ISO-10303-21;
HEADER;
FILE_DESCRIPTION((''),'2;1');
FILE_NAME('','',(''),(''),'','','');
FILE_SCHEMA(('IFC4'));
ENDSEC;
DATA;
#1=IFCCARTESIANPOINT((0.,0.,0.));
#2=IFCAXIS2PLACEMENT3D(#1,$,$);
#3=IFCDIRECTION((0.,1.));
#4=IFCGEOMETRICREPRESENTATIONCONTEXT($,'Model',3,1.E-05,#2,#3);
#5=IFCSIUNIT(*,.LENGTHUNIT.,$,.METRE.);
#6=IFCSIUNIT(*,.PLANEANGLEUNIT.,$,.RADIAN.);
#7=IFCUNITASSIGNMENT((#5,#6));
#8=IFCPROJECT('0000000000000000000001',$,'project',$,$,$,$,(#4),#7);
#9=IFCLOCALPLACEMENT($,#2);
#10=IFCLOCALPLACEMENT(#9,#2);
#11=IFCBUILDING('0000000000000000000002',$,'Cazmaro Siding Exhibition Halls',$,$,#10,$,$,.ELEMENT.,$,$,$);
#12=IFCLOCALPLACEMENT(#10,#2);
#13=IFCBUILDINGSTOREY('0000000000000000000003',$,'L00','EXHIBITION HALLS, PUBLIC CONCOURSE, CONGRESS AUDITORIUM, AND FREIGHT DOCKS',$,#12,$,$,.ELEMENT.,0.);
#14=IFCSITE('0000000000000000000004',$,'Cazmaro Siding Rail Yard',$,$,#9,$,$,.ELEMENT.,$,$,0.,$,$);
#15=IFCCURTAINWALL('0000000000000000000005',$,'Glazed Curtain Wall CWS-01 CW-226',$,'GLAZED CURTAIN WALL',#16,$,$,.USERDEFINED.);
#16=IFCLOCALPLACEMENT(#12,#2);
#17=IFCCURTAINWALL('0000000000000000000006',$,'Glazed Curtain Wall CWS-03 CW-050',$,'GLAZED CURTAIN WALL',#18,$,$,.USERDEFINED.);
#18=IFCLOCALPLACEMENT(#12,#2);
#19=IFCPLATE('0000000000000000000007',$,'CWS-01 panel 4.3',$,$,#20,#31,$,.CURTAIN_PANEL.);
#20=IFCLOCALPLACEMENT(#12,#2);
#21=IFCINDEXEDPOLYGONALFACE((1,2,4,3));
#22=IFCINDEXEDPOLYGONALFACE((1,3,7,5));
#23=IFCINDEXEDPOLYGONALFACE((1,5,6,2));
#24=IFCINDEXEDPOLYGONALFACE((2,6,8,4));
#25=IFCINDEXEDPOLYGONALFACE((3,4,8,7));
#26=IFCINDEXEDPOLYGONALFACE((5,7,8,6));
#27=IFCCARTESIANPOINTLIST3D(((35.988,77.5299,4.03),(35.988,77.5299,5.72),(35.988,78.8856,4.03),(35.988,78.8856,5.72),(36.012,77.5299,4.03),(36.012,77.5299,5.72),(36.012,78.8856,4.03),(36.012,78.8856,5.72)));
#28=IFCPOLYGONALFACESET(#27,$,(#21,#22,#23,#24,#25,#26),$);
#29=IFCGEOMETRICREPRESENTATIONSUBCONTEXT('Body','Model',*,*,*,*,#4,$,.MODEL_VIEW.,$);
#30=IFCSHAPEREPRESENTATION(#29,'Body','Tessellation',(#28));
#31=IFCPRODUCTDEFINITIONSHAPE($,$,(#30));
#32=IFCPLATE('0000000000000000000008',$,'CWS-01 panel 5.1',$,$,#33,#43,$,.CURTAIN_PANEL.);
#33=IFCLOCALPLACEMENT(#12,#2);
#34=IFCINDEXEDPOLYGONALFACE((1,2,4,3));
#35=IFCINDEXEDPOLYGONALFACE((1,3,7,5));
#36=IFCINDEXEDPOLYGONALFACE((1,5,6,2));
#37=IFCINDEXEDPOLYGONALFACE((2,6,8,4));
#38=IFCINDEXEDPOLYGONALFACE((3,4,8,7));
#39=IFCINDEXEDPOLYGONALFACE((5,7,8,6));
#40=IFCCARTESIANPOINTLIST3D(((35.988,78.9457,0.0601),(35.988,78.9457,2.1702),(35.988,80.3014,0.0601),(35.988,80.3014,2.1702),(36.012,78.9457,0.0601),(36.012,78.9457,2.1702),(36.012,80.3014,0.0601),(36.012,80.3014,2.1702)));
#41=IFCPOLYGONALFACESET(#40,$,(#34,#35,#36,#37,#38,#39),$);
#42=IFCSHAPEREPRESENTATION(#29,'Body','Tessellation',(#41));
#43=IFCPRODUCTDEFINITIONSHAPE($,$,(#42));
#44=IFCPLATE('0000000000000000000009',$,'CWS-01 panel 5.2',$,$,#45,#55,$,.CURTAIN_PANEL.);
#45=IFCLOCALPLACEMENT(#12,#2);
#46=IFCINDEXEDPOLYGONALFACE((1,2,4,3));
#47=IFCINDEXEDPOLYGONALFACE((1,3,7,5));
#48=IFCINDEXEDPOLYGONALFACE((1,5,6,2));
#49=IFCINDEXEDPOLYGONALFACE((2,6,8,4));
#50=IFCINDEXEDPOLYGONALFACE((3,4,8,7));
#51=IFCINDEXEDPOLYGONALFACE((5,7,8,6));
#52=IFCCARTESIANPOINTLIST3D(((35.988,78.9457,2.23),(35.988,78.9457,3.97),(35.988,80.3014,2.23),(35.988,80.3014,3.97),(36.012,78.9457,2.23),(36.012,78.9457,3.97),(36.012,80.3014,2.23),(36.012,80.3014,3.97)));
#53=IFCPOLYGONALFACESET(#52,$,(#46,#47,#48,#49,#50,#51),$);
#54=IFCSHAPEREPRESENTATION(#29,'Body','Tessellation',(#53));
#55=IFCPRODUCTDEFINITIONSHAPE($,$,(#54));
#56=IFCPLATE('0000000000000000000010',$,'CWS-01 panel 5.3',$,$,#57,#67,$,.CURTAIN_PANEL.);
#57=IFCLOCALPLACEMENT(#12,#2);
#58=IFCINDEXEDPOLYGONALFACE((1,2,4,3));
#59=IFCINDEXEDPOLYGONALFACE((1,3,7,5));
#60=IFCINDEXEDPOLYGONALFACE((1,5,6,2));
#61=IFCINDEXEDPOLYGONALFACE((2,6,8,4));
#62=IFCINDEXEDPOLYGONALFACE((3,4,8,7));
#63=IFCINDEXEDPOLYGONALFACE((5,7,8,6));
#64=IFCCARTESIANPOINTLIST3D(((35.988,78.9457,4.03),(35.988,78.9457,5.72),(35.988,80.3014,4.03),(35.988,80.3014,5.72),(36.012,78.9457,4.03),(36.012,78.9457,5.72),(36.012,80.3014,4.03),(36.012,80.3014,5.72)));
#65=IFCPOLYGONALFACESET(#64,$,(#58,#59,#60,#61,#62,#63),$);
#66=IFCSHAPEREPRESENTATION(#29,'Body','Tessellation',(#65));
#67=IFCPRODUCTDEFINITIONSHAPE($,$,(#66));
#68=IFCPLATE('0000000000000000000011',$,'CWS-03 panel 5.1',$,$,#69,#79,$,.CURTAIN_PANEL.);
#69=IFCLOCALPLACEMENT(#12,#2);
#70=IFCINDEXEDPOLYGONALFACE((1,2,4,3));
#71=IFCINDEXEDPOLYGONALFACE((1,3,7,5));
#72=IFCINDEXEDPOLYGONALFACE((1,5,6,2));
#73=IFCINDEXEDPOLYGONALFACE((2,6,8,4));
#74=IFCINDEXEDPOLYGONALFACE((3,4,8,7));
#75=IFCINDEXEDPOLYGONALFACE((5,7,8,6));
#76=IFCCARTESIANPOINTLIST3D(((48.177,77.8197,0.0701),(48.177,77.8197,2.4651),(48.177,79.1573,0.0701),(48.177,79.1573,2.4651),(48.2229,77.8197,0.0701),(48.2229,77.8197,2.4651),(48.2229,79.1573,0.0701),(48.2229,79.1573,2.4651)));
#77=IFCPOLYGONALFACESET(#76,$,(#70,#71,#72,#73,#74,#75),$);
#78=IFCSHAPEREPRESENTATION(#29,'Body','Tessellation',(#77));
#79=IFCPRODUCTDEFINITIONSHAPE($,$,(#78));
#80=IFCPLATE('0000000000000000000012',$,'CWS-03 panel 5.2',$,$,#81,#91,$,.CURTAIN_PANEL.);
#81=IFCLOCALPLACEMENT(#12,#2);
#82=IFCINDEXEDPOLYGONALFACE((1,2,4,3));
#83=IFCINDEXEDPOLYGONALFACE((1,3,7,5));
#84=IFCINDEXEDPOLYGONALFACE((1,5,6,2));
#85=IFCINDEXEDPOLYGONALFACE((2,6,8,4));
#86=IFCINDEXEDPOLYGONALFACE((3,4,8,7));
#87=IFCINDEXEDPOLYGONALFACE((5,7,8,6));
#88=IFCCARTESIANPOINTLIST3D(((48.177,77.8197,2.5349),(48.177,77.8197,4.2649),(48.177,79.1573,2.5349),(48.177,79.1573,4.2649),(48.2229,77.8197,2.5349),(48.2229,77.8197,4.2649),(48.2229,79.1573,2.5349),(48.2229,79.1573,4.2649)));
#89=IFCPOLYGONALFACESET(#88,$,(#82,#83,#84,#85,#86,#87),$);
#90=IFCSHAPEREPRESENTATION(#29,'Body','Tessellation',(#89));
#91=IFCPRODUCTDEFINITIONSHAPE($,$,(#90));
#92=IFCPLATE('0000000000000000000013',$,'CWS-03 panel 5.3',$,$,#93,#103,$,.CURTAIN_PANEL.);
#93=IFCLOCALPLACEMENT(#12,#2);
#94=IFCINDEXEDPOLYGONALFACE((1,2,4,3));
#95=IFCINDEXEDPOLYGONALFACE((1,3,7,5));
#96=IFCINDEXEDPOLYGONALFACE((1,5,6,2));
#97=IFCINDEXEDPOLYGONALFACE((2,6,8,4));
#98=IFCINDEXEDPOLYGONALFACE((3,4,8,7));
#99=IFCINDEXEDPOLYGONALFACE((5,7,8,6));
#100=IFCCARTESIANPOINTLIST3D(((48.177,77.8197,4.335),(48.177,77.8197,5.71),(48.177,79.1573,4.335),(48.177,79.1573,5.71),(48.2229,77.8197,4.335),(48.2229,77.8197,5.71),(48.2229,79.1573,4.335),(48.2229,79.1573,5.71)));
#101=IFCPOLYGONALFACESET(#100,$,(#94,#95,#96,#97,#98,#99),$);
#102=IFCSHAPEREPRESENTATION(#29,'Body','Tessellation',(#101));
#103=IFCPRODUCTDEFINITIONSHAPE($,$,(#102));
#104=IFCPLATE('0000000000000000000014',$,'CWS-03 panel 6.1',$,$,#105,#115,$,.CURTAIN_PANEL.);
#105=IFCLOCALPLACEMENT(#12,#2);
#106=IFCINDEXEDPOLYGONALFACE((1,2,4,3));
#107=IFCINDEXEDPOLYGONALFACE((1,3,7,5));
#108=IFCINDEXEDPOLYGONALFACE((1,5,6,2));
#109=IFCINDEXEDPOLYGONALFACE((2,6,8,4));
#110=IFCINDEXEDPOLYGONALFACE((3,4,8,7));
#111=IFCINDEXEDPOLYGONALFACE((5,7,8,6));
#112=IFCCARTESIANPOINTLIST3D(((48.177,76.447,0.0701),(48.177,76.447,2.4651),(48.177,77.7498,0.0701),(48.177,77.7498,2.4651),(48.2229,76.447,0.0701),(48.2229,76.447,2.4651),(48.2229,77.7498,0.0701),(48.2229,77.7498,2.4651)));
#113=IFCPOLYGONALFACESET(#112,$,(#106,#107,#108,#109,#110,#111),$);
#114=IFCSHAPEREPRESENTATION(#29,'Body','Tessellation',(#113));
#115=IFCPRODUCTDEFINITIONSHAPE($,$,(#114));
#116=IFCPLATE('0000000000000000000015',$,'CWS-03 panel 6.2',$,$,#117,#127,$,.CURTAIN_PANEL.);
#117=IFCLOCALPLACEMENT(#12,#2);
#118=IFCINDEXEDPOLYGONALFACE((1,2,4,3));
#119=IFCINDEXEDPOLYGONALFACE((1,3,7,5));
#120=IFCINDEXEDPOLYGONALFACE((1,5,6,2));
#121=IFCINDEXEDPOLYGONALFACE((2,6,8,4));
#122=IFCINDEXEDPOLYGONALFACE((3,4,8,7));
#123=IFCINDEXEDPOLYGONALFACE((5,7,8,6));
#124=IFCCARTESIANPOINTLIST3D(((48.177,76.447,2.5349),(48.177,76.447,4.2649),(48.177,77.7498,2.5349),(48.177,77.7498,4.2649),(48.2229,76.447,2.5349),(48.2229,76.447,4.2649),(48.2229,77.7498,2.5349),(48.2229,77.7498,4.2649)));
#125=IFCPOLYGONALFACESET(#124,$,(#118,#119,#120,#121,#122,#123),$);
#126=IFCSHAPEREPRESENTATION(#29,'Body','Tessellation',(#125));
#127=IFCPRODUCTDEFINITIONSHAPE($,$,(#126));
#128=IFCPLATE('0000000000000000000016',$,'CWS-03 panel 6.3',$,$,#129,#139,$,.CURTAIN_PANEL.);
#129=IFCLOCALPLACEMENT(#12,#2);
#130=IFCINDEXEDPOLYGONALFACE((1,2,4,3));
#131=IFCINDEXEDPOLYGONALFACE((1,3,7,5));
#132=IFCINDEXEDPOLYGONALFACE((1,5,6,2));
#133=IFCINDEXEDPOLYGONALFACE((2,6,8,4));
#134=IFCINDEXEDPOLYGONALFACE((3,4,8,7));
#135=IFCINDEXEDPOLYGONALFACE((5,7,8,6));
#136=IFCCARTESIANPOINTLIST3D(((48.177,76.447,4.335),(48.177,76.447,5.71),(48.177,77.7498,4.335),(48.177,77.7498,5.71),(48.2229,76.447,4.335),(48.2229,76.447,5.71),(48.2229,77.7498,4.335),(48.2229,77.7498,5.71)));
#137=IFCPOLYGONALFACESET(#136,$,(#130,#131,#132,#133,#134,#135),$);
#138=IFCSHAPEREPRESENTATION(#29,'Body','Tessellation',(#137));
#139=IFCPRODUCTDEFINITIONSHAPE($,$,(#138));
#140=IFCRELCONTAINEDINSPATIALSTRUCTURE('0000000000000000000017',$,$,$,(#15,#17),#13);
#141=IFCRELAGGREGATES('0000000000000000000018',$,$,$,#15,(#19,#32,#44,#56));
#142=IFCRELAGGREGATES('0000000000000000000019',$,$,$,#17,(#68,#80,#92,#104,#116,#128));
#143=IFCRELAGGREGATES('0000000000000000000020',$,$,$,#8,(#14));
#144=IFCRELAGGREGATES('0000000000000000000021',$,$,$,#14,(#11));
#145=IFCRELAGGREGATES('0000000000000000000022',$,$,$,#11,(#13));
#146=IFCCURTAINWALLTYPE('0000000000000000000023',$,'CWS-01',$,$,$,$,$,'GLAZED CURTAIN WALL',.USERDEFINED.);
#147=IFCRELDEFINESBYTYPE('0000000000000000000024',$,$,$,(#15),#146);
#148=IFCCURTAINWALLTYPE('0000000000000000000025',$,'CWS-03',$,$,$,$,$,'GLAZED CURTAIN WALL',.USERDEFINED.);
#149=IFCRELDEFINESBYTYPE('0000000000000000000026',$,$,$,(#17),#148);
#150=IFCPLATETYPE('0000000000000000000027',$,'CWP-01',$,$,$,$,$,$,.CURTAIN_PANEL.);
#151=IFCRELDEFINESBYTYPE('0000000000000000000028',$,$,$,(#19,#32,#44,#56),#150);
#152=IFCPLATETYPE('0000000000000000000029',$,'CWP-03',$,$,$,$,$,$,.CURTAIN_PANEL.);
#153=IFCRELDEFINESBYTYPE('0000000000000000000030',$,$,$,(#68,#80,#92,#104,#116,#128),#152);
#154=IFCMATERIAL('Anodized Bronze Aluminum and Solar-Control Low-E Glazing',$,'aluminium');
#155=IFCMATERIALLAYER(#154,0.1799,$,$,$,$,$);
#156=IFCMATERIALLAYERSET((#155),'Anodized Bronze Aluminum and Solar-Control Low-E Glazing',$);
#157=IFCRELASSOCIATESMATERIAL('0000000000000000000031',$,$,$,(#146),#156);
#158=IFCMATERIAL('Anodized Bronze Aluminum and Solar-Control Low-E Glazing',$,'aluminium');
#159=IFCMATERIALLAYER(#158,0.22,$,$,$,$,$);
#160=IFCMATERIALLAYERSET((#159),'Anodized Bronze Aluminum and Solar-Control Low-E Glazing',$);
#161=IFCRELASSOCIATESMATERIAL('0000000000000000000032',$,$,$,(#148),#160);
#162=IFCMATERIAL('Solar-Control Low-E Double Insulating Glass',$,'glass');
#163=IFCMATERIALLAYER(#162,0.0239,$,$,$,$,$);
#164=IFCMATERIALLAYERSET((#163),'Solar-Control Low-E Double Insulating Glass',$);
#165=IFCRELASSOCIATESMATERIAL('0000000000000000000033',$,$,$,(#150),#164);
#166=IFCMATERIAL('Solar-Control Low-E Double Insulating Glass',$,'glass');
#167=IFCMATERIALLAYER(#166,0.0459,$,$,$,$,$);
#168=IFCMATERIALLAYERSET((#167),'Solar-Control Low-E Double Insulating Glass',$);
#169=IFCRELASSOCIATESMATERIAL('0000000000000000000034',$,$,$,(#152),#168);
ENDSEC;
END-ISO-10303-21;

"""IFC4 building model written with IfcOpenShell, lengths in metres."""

from ifc_helpers import new_model, si_unit, direction, frame, origin, origin_2d, place, context, subcontext, project, spatial, rectangle, extrude, material, layer, layer_set, type_object, element, aggregate, save


model = new_model("IFC4")

# Units and contexts
model_context = context("Model", 3, precision=1e-05, world=origin(), true_north=direction((0.0, 1.0)))
body_context = subcontext(model_context, "Body", "Model", "MODEL_VIEW")
ifc_project = project(units=[si_unit("LENGTHUNIT", "METRE"), si_unit("PLANEANGLEUNIT", "RADIAN")], contexts=[model_context])

# Site, building, storey
site_placement = place(None, origin())
site = spatial("IfcSite", under=ifc_project, at=site_placement, Name="Cazmaro Siding Rail Yard", CompositionType="ELEMENT", RefElevation=0.0)
building_placement = place(site_placement, origin())
building = spatial("IfcBuilding", under=site, at=building_placement, Name="Cazmaro Siding Exhibition Halls", CompositionType="ELEMENT")
storey_placement = place(building_placement, origin())
storey = spatial("IfcBuildingStorey", under=building, at=storey_placement, Name="L00", Description="EXHIBITION HALLS, PUBLIC CONCOURSE, CONGRESS AUDITORIUM, AND FREIGHT DOCKS", CompositionType="ELEMENT", Elevation=0.0)

# Curtain walls
ifc_material_1 = material(Name="Anodized Bronze Aluminum and Solar-Control Low-E Glazing", Category="aluminium")
ifc_layer_1 = layer(ifc_material_1, 0.1799)
ifc_layer_set_1 = layer_set([ifc_layer_1], Name="Anodized Bronze Aluminum and Solar-Control Low-E Glazing")
curtain_wall_type_1 = type_object("IfcCurtainWallType", Name="CWS-01", ElementType="GLAZED CURTAIN WALL", PredefinedType="USERDEFINED", material=ifc_layer_set_1)
curtain_wall_1_placement = place(storey_placement, origin())
curtain_wall_1 = element("IfcCurtainWall", 1, at=curtain_wall_1_placement, inside=storey, type_object=curtain_wall_type_1, Name="Glazed Curtain Wall CWS-01 CW-226", ObjectType="GLAZED CURTAIN WALL", PredefinedType="USERDEFINED")
ifc_material_2 = material(Name="Anodized Bronze Aluminum and Solar-Control Low-E Glazing", Category="aluminium")
ifc_layer_2 = layer(ifc_material_2, 0.22)
ifc_layer_set_2 = layer_set([ifc_layer_2], Name="Anodized Bronze Aluminum and Solar-Control Low-E Glazing")
curtain_wall_type_2 = type_object("IfcCurtainWallType", Name="CWS-03", ElementType="GLAZED CURTAIN WALL", PredefinedType="USERDEFINED", material=ifc_layer_set_2)
curtain_wall_2_placement = place(storey_placement, origin())
curtain_wall_2 = element("IfcCurtainWall", 2, at=curtain_wall_2_placement, inside=storey, type_object=curtain_wall_type_2, Name="Glazed Curtain Wall CWS-03 CW-050", ObjectType="GLAZED CURTAIN WALL", PredefinedType="USERDEFINED")

# Plates
ifc_material_3 = material(Name="Solar-Control Low-E Double Insulating Glass", Category="glass")
ifc_layer_3 = layer(ifc_material_3, 0.0239)
ifc_layer_set_3 = layer_set([ifc_layer_3], Name="Solar-Control Low-E Double Insulating Glass")
plate_type_1 = type_object("IfcPlateType", Name="CWP-01", PredefinedType="CURTAIN_PANEL", material=ifc_layer_set_3)
plate_1_placement = place(storey_placement, frame((36.0, 78.2078, 4.03), z_axis=(0.0, 0.0, 1.0), x_axis=(0.0, 1.0, 0.0)))
plate_1 = element("IfcPlate", 3, at=plate_1_placement, type_object=plate_type_1, Name="CWS-01 panel 4.3", PredefinedType="CURTAIN_PANEL", context=body_context, shape_type="SweptSolid", body=[
    extrude(rectangle(XDim=1.3557, YDim=0.0239, at=origin_2d()), origin(), (0.0, 0.0, 1.0), 1.6899),
])
plate_2_placement = place(storey_placement, frame((36.0, 79.6235, 0.0601), z_axis=(0.0, 0.0, 1.0), x_axis=(0.0, 1.0, 0.0)))
plate_2 = element("IfcPlate", 4, at=plate_2_placement, type_object=plate_type_1, Name="CWS-01 panel 5.1", PredefinedType="CURTAIN_PANEL", context=body_context, shape_type="SweptSolid", body=[
    extrude(rectangle(XDim=1.3557, YDim=0.0239, at=origin_2d()), origin(), (0.0, 0.0, 1.0), 2.1101),
])
plate_3_placement = place(storey_placement, frame((36.0, 79.6235, 2.23), z_axis=(0.0, 0.0, 1.0), x_axis=(0.0, 1.0, 0.0)))
plate_3 = element("IfcPlate", 5, at=plate_3_placement, type_object=plate_type_1, Name="CWS-01 panel 5.2", PredefinedType="CURTAIN_PANEL", context=body_context, shape_type="SweptSolid", body=[
    extrude(rectangle(XDim=1.3557, YDim=0.0239, at=origin_2d()), origin(), (0.0, 0.0, 1.0), 1.74),
])
plate_4_placement = place(storey_placement, frame((36.0, 79.6235, 4.03), z_axis=(0.0, 0.0, 1.0), x_axis=(0.0, 1.0, 0.0)))
plate_4 = element("IfcPlate", 6, at=plate_4_placement, type_object=plate_type_1, Name="CWS-01 panel 5.3", PredefinedType="CURTAIN_PANEL", context=body_context, shape_type="SweptSolid", body=[
    extrude(rectangle(XDim=1.3557, YDim=0.0239, at=origin_2d()), origin(), (0.0, 0.0, 1.0), 1.6899),
])
aggregate(curtain_wall_1, [plate_1, plate_2, plate_3, plate_4])
ifc_material_4 = material(Name="Solar-Control Low-E Double Insulating Glass", Category="glass")
ifc_layer_4 = layer(ifc_material_4, 0.0459)
ifc_layer_set_4 = layer_set([ifc_layer_4], Name="Solar-Control Low-E Double Insulating Glass")
plate_type_2 = type_object("IfcPlateType", Name="CWP-03", PredefinedType="CURTAIN_PANEL", material=ifc_layer_set_4)
plate_5_placement = place(storey_placement, frame((48.2, 78.4885, 0.0701), z_axis=(0.0, 0.0, 1.0), x_axis=(0.0, -1.0, 0.0)))
plate_5 = element("IfcPlate", 7, at=plate_5_placement, type_object=plate_type_2, Name="CWS-03 panel 5.1", PredefinedType="CURTAIN_PANEL", context=body_context, shape_type="SweptSolid", body=[
    extrude(rectangle(XDim=1.3376, YDim=0.0459, at=origin_2d()), origin(), (0.0, 0.0, 1.0), 2.395),
])
plate_6_placement = place(storey_placement, frame((48.2, 78.4885, 2.5349), z_axis=(0.0, 0.0, 1.0), x_axis=(0.0, -1.0, 0.0)))
plate_6 = element("IfcPlate", 8, at=plate_6_placement, type_object=plate_type_2, Name="CWS-03 panel 5.2", PredefinedType="CURTAIN_PANEL", context=body_context, shape_type="SweptSolid", body=[
    extrude(rectangle(XDim=1.3376, YDim=0.0459, at=origin_2d()), origin(), (0.0, 0.0, 1.0), 1.73),
])
plate_7_placement = place(storey_placement, frame((48.2, 78.4885, 4.335), z_axis=(0.0, 0.0, 1.0), x_axis=(0.0, -1.0, 0.0)))
plate_7 = element("IfcPlate", 9, at=plate_7_placement, type_object=plate_type_2, Name="CWS-03 panel 5.3", PredefinedType="CURTAIN_PANEL", context=body_context, shape_type="SweptSolid", body=[
    extrude(rectangle(XDim=1.3376, YDim=0.0459, at=origin_2d()), origin(), (0.0, 0.0, 1.0), 1.375),
])
plate_8_placement = place(storey_placement, frame((48.2, 77.0984, 0.0701), z_axis=(0.0, 0.0, 1.0), x_axis=(0.0, -1.0, 0.0)))
plate_8 = element("IfcPlate", 10, at=plate_8_placement, type_object=plate_type_2, Name="CWS-03 panel 6.1", PredefinedType="CURTAIN_PANEL", context=body_context, shape_type="SweptSolid", body=[
    extrude(rectangle(XDim=1.3027, YDim=0.0459, at=origin_2d()), origin(), (0.0, 0.0, 1.0), 2.395),
])
plate_9_placement = place(storey_placement, frame((48.2, 77.0984, 2.5349), z_axis=(0.0, 0.0, 1.0), x_axis=(0.0, -1.0, 0.0)))
plate_9 = element("IfcPlate", 11, at=plate_9_placement, type_object=plate_type_2, Name="CWS-03 panel 6.2", PredefinedType="CURTAIN_PANEL", context=body_context, shape_type="SweptSolid", body=[
    extrude(rectangle(XDim=1.3027, YDim=0.0459, at=origin_2d()), origin(), (0.0, 0.0, 1.0), 1.73),
])
plate_10_placement = place(storey_placement, frame((48.2, 77.0984, 4.335), z_axis=(0.0, 0.0, 1.0), x_axis=(0.0, -1.0, 0.0)))
plate_10 = element("IfcPlate", 12, at=plate_10_placement, type_object=plate_type_2, Name="CWS-03 panel 6.3", PredefinedType="CURTAIN_PANEL", context=body_context, shape_type="SweptSolid", body=[
    extrude(rectangle(XDim=1.3027, YDim=0.0459, at=origin_2d()), origin(), (0.0, 0.0, 1.0), 1.375),
])
aggregate(curtain_wall_2, [plate_5, plate_6, plate_7, plate_8, plate_9, plate_10])

save(model, "model.ifc")
